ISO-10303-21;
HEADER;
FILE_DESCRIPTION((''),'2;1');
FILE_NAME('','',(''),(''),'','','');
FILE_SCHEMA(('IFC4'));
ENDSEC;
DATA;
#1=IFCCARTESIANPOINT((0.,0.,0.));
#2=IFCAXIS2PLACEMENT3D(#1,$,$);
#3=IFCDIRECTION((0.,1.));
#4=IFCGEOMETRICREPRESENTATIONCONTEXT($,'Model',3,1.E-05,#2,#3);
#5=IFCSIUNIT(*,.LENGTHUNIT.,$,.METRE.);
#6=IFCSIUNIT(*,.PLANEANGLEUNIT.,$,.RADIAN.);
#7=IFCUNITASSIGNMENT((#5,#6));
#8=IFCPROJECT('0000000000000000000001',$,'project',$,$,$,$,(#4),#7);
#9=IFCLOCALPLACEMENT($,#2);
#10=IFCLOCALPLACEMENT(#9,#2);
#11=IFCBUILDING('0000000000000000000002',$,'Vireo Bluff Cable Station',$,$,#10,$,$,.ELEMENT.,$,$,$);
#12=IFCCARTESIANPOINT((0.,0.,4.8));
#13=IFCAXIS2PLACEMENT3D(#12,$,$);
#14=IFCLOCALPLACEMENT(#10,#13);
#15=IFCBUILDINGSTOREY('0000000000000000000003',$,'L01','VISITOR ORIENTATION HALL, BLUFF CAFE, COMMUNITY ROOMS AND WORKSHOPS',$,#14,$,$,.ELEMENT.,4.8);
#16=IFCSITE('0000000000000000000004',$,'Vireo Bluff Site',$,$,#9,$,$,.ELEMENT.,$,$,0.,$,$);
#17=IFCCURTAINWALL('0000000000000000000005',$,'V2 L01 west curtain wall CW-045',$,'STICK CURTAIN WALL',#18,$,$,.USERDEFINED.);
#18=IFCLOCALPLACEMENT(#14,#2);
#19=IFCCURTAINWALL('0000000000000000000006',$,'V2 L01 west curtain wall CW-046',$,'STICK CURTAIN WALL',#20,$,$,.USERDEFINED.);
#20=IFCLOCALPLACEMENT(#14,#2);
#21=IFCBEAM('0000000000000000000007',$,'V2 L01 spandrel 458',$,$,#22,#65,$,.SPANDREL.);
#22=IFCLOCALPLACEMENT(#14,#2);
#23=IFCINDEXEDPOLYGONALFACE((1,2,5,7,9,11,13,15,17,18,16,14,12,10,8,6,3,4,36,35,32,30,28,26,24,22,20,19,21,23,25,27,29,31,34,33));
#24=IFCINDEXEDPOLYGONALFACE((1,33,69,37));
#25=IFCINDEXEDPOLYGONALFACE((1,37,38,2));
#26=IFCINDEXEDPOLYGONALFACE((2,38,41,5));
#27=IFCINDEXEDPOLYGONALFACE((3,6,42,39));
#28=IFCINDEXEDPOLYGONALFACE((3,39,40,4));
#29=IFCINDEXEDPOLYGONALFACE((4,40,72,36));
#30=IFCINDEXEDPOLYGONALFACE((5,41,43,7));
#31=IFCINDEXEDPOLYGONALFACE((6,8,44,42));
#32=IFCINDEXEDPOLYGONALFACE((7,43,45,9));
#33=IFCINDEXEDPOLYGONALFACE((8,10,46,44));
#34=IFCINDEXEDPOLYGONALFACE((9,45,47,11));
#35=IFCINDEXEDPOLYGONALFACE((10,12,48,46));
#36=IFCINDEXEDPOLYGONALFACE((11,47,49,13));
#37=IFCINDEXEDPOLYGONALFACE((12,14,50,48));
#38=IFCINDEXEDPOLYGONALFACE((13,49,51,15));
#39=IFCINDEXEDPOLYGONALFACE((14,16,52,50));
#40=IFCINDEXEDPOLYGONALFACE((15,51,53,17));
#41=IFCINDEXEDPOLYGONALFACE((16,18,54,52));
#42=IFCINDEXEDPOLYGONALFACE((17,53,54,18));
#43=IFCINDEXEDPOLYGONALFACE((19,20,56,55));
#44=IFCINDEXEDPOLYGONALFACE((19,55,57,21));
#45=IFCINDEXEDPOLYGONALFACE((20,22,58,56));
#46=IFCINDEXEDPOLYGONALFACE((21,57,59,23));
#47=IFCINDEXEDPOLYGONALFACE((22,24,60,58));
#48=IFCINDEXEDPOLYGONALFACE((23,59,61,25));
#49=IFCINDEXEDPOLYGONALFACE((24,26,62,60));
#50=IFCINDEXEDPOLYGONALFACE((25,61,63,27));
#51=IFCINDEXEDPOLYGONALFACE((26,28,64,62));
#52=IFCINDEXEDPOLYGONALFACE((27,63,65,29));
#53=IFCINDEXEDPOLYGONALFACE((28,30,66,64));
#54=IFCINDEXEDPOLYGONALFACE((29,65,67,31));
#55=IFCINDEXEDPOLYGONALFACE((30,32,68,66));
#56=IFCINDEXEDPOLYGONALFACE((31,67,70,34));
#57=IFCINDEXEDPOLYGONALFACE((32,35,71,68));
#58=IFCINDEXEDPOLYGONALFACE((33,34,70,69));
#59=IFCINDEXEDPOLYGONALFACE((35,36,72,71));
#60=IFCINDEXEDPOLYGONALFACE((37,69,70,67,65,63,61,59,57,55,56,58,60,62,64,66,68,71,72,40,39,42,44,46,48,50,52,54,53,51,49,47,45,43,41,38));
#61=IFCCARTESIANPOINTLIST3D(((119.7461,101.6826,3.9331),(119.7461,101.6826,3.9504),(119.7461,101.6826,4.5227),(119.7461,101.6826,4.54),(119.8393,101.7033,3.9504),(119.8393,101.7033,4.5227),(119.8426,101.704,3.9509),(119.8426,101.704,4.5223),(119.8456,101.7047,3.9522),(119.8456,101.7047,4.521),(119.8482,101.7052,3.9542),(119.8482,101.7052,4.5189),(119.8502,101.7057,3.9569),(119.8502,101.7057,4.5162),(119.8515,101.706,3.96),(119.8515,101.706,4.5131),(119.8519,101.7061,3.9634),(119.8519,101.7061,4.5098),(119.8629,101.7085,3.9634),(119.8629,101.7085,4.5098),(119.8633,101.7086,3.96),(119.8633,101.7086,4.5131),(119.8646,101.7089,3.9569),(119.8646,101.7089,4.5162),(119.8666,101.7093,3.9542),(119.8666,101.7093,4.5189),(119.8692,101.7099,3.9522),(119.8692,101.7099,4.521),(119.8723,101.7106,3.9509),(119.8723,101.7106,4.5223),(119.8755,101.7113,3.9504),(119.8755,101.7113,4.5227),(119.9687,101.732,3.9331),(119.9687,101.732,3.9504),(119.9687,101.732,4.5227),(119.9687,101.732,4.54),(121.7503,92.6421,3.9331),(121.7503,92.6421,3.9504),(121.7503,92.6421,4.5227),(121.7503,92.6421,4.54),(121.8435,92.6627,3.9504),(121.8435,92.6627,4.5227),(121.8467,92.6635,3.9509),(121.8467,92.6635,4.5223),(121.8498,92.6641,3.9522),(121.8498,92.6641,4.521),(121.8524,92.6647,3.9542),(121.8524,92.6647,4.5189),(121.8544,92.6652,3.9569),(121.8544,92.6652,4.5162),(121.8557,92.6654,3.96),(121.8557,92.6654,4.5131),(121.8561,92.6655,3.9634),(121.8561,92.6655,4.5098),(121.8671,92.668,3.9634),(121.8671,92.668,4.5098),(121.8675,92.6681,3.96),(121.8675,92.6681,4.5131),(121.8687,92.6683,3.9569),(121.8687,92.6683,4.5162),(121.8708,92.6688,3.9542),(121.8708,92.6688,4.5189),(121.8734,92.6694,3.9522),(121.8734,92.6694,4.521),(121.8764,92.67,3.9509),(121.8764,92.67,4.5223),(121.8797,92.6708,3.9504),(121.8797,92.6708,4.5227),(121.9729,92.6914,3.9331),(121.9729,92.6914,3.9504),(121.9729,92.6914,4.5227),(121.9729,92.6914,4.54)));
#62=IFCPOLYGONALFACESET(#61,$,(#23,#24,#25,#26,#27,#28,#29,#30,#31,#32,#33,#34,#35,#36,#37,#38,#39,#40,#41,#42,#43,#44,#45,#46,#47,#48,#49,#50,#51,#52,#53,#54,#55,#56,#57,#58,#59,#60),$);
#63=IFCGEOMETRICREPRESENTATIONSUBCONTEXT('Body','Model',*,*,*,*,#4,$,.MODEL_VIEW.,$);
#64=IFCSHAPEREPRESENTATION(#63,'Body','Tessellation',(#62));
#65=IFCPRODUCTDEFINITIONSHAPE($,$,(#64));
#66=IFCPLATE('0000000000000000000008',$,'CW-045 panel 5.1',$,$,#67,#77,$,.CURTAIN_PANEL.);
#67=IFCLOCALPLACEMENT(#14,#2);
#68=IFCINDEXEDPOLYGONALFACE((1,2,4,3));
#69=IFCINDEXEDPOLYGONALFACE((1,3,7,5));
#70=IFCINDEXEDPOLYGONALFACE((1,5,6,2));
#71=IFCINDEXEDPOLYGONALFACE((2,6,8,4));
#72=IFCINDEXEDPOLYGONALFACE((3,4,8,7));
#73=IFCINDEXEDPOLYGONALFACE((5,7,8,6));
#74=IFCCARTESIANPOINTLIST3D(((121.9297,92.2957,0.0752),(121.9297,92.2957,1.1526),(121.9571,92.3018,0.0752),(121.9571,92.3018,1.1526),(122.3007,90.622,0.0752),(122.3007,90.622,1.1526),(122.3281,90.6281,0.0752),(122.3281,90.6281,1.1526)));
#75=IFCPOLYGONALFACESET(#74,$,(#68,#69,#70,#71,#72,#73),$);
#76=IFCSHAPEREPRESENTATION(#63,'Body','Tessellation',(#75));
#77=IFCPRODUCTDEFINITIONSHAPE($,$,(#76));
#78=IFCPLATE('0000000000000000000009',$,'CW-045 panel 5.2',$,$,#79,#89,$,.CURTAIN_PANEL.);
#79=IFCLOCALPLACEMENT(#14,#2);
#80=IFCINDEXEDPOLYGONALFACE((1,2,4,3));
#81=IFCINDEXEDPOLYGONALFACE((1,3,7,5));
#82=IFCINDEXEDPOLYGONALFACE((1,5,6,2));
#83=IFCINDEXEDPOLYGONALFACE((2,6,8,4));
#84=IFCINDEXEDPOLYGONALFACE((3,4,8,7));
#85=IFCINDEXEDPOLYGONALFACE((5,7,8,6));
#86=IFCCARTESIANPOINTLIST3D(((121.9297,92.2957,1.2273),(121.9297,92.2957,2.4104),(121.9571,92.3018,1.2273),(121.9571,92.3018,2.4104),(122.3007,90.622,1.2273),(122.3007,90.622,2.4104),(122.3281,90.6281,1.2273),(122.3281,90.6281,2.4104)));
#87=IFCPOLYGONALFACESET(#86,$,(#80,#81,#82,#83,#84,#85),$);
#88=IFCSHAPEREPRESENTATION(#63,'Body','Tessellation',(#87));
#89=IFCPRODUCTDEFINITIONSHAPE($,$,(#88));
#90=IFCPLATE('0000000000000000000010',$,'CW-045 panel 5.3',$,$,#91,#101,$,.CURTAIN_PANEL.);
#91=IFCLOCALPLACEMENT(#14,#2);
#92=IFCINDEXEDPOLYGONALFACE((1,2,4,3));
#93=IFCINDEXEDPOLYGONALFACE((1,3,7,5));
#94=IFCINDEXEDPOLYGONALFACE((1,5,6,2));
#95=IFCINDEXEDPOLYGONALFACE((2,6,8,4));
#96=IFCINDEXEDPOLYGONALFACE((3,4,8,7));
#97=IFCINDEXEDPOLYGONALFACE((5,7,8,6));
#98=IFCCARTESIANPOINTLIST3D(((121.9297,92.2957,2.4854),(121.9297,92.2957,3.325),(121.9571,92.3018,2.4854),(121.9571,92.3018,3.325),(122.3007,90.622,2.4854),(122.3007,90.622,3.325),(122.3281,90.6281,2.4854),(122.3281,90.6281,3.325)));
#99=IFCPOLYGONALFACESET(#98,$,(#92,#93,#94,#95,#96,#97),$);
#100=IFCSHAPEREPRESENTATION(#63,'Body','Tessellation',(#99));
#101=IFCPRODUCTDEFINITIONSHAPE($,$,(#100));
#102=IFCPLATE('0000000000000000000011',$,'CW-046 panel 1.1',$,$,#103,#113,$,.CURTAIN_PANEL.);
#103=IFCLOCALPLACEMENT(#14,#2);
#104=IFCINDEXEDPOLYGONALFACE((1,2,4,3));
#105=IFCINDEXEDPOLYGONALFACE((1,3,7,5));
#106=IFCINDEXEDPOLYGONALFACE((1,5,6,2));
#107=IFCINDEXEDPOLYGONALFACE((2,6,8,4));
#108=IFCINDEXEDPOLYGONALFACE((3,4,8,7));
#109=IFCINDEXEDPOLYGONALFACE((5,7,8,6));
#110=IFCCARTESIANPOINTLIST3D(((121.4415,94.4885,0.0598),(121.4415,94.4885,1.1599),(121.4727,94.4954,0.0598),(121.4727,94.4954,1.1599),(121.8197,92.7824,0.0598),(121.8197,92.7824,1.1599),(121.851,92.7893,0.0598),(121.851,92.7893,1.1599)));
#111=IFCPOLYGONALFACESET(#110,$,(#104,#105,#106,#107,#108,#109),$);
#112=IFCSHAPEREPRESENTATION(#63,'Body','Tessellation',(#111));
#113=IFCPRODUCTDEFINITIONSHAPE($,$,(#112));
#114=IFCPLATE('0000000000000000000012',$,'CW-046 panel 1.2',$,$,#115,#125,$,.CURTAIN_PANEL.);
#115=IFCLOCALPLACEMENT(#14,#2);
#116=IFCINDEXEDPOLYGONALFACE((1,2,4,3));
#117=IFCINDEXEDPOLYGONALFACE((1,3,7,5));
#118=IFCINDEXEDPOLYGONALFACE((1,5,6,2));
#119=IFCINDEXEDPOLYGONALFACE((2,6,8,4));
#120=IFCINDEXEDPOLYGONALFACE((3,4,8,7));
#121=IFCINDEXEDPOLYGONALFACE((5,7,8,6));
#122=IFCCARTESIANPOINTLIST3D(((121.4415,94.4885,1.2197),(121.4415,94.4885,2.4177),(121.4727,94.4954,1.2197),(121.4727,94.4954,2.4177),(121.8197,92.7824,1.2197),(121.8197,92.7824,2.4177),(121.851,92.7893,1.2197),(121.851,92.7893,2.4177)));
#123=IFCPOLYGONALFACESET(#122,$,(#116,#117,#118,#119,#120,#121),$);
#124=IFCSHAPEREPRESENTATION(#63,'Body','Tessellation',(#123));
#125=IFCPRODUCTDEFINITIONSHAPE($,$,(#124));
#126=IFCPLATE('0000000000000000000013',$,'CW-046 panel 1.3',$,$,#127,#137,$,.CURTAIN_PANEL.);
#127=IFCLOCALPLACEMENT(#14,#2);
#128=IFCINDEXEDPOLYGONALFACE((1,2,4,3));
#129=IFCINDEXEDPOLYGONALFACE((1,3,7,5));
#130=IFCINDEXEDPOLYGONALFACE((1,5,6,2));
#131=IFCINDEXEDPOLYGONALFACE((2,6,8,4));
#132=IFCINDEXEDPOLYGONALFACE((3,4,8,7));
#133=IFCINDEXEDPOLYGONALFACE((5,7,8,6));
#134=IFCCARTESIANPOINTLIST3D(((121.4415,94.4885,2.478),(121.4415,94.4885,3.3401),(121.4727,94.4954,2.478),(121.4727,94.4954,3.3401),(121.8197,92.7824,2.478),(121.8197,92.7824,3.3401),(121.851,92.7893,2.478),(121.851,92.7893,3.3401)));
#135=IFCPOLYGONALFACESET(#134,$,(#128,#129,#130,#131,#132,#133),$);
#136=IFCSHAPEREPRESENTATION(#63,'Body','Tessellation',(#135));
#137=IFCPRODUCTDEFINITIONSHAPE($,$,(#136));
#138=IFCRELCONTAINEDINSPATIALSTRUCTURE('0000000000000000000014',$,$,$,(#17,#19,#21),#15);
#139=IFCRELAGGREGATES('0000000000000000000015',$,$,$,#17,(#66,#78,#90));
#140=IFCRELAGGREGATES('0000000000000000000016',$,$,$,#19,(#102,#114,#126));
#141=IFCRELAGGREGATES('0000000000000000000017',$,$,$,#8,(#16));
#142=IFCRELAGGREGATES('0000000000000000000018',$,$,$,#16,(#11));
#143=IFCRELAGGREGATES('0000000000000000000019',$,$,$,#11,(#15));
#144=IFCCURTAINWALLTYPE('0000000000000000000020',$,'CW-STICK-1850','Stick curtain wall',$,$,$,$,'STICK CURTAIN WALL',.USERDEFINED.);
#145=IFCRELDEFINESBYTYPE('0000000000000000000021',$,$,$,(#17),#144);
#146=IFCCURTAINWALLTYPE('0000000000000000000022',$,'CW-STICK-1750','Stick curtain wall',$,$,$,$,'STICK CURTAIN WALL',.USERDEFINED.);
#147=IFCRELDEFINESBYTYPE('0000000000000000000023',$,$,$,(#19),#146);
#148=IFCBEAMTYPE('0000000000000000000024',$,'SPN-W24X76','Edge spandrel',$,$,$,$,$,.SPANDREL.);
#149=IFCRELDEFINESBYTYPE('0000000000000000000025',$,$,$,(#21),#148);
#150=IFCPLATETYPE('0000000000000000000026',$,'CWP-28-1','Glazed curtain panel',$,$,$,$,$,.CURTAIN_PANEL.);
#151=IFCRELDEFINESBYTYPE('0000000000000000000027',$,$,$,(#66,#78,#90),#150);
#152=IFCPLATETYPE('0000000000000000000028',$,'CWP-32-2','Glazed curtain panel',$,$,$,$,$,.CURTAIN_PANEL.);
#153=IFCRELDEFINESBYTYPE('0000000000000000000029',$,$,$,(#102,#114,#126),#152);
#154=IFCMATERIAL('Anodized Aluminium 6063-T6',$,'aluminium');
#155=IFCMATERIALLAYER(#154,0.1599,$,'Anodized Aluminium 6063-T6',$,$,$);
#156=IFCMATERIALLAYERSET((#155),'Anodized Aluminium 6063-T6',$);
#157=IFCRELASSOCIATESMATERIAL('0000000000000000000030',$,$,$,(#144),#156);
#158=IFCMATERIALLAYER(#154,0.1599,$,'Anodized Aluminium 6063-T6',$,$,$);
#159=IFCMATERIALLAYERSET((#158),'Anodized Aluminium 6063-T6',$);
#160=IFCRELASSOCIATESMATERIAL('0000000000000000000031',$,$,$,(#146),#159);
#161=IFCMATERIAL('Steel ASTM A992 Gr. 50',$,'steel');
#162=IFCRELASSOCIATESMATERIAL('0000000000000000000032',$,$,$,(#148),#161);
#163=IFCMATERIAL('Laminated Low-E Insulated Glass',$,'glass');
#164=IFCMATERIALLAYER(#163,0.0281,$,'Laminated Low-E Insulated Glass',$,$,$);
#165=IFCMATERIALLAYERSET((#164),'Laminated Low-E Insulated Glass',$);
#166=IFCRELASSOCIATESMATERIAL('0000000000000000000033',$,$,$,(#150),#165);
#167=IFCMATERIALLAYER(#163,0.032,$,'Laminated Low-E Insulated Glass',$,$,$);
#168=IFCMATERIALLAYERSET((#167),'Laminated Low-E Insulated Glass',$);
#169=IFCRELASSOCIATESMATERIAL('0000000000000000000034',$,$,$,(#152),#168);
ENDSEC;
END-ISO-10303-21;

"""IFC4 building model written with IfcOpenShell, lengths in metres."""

from ifc_helpers import new_model, si_unit, direction, frame, origin, origin_2d, place, context, subcontext, project, spatial, rectangle, i_section, extrude, material, layer, layer_set, material_profile, profile_set, type_object, element, aggregate, save


model = new_model("IFC4")

# Units and contexts
model_context = context("Model", 3, precision=1e-05, world=origin(), true_north=direction((0.0, 1.0)))
body_context = subcontext(model_context, "Body", "Model", "MODEL_VIEW")
ifc_project = project(units=[si_unit("LENGTHUNIT", "METRE"), si_unit("PLANEANGLEUNIT", "RADIAN")], contexts=[model_context])

# Site, building, storey
site_placement = place(None, origin())
site = spatial("IfcSite", under=ifc_project, at=site_placement, Name="Vireo Bluff Site", CompositionType="ELEMENT", RefElevation=0.0)
building_placement = place(site_placement, origin())
building = spatial("IfcBuilding", under=site, at=building_placement, Name="Vireo Bluff Cable Station", CompositionType="ELEMENT")
storey_placement = place(building_placement, frame((0.0, 0.0, 4.8)))
storey = spatial("IfcBuildingStorey", under=building, at=storey_placement, Name="L01", Description="VISITOR ORIENTATION HALL, BLUFF CAFE, COMMUNITY ROOMS AND WORKSHOPS", CompositionType="ELEMENT", Elevation=4.8)

# Shared definitions
ifc_material_1 = material(Name="Steel ASTM A992 Gr. 50", Category="steel")

# Curtain wall
ifc_material_2 = material(Name="Anodized Aluminium 6063-T6", Category="aluminium")
ifc_layer_1 = layer(ifc_material_2, 0.1599, Name="Anodized Aluminium 6063-T6")
ifc_layer_set_1 = layer_set([ifc_layer_1], Name="Anodized Aluminium 6063-T6")
curtain_wall_type_1 = type_object("IfcCurtainWallType", Name="CW-STICK-1850", Description="Stick curtain wall", ElementType="STICK CURTAIN WALL", PredefinedType="USERDEFINED", material=ifc_layer_set_1)
curtain_wall_1_placement = place(storey_placement, origin())
curtain_wall_1 = element("IfcCurtainWall", 1, at=curtain_wall_1_placement, inside=storey, type_object=curtain_wall_type_1, Name="V2 L01 west curtain wall CW-045", ObjectType="STICK CURTAIN WALL", PredefinedType="USERDEFINED")

# Curtain wall
ifc_layer_2 = layer(ifc_material_2, 0.1599, Name="Anodized Aluminium 6063-T6")
ifc_layer_set_2 = layer_set([ifc_layer_2], Name="Anodized Aluminium 6063-T6")
curtain_wall_type_2 = type_object("IfcCurtainWallType", Name="CW-STICK-1750", Description="Stick curtain wall", ElementType="STICK CURTAIN WALL", PredefinedType="USERDEFINED", material=ifc_layer_set_2)
curtain_wall_2_placement = place(storey_placement, origin())
curtain_wall_2 = element("IfcCurtainWall", 2, at=curtain_wall_2_placement, inside=storey, type_object=curtain_wall_type_2, Name="V2 L01 west curtain wall CW-046", ObjectType="STICK CURTAIN WALL", PredefinedType="USERDEFINED")

# Beam
ifc_material_profile_1 = material_profile(ifc_material_1, i_section(OverallWidth=0.228, OverallDepth=0.6069, WebThickness=0.0112, FlangeThickness=0.0173, FilletRadius=0.0129, at=origin_2d()), Name="W24X76")
ifc_profile_set_1 = profile_set([ifc_material_profile_1], Name="Steel ASTM A992 Gr. 50")
beam_type_1 = type_object("IfcBeamType", Name="SPN-W24X76", Description="Edge spandrel", PredefinedType="SPANDREL", material=ifc_profile_set_1)
beam_1_placement = place(storey_placement, frame((121.8616, 92.6667, 4.2366), z_axis=(-0.216431, 0.976298, 0.0), x_axis=(-0.976298, -0.216431, 0.0)))
element("IfcBeam", 3, at=beam_1_placement, inside=storey, type_object=beam_type_1, Name="V2 L01 spandrel 458", PredefinedType="SPANDREL", context=body_context, shape_type="SweptSolid", body=[
    extrude(i_section(OverallWidth=0.228, OverallDepth=0.6069, WebThickness=0.0112, FlangeThickness=0.0173, FilletRadius=0.0129, at=origin_2d()), origin(), (0.0, 0.0, 1.0), 9.26),
])

# Plates
ifc_material_3 = material(Name="Laminated Low-E Insulated Glass", Category="glass")
ifc_layer_3 = layer(ifc_material_3, 0.0281, Name="Laminated Low-E Insulated Glass")
ifc_layer_set_3 = layer_set([ifc_layer_3], Name="Laminated Low-E Insulated Glass")
plate_type_1 = type_object("IfcPlateType", Name="CWP-28-1", Description="Glazed curtain panel", PredefinedType="CURTAIN_PANEL", material=ifc_layer_set_3)
plate_1_placement = place(storey_placement, frame((122.1289, 91.4619, 0.0752), z_axis=(0.0, 0.0, 1.0), x_axis=(-0.21644, 0.976296, 0.0)))
plate_1 = element("IfcPlate", 4, at=plate_1_placement, type_object=plate_type_1, Name="CW-045 panel 5.1", PredefinedType="CURTAIN_PANEL", context=body_context, shape_type="SweptSolid", body=[
    extrude(rectangle(XDim=1.7144, YDim=0.0281, at=origin_2d()), origin(), (0.0, 0.0, 1.0), 1.0774),
])
plate_2_placement = place(storey_placement, frame((122.1289, 91.4619, 1.2273), z_axis=(0.0, 0.0, 1.0), x_axis=(-0.21644, 0.976296, 0.0)))
plate_2 = element("IfcPlate", 5, at=plate_2_placement, type_object=plate_type_1, Name="CW-045 panel 5.2", PredefinedType="CURTAIN_PANEL", context=body_context, shape_type="SweptSolid", body=[
    extrude(rectangle(XDim=1.7144, YDim=0.0281, at=origin_2d()), origin(), (0.0, 0.0, 1.0), 1.1831),
])
plate_3_placement = place(storey_placement, frame((122.1289, 91.4619, 2.4854), z_axis=(0.0, 0.0, 1.0), x_axis=(-0.21644, 0.976296, 0.0)))
plate_3 = element("IfcPlate", 6, at=plate_3_placement, type_object=plate_type_1, Name="CW-045 panel 5.3", PredefinedType="CURTAIN_PANEL", context=body_context, shape_type="SweptSolid", body=[
    extrude(rectangle(XDim=1.7144, YDim=0.0281, at=origin_2d()), origin(), (0.0, 0.0, 1.0), 0.8396),
])
aggregate(curtain_wall_1, [plate_1, plate_2, plate_3])
ifc_layer_4 = layer(ifc_material_3, 0.032, Name="Laminated Low-E Insulated Glass")
ifc_layer_set_4 = layer_set([ifc_layer_4], Name="Laminated Low-E Insulated Glass")
plate_type_2 = type_object("IfcPlateType", Name="CWP-32-2", Description="Glazed curtain panel", PredefinedType="CURTAIN_PANEL", material=ifc_layer_set_4)
plate_4_placement = place(storey_placement, frame((121.6462, 93.6389, 0.0598), z_axis=(0.0, 0.0, 1.0), x_axis=(-0.21644, 0.976296, 0.0)))
plate_4 = element("IfcPlate", 7, at=plate_4_placement, type_object=plate_type_2, Name="CW-046 panel 1.1", PredefinedType="CURTAIN_PANEL", context=body_context, shape_type="SweptSolid", body=[
    extrude(rectangle(XDim=1.7476, YDim=0.032, at=origin_2d()), origin(), (0.0, 0.0, 1.0), 1.1001),
])
plate_5_placement = place(storey_placement, frame((121.6462, 93.6389, 1.2197), z_axis=(0.0, 0.0, 1.0), x_axis=(-0.21644, 0.976296, 0.0)))
plate_5 = element("IfcPlate", 8, at=plate_5_placement, type_object=plate_type_2, Name="CW-046 panel 1.2", PredefinedType="CURTAIN_PANEL", context=body_context, shape_type="SweptSolid", body=[
    extrude(rectangle(XDim=1.7476, YDim=0.032, at=origin_2d()), origin(), (0.0, 0.0, 1.0), 1.198),
])
plate_6_placement = place(storey_placement, frame((121.6462, 93.6389, 2.478), z_axis=(0.0, 0.0, 1.0), x_axis=(-0.21644, 0.976296, 0.0)))
plate_6 = element("IfcPlate", 9, at=plate_6_placement, type_object=plate_type_2, Name="CW-046 panel 1.3", PredefinedType="CURTAIN_PANEL", context=body_context, shape_type="SweptSolid", body=[
    extrude(rectangle(XDim=1.7476, YDim=0.032, at=origin_2d()), origin(), (0.0, 0.0, 1.0), 0.8621),
])
aggregate(curtain_wall_2, [plate_4, plate_5, plate_6])

save(model, "model.ifc")
